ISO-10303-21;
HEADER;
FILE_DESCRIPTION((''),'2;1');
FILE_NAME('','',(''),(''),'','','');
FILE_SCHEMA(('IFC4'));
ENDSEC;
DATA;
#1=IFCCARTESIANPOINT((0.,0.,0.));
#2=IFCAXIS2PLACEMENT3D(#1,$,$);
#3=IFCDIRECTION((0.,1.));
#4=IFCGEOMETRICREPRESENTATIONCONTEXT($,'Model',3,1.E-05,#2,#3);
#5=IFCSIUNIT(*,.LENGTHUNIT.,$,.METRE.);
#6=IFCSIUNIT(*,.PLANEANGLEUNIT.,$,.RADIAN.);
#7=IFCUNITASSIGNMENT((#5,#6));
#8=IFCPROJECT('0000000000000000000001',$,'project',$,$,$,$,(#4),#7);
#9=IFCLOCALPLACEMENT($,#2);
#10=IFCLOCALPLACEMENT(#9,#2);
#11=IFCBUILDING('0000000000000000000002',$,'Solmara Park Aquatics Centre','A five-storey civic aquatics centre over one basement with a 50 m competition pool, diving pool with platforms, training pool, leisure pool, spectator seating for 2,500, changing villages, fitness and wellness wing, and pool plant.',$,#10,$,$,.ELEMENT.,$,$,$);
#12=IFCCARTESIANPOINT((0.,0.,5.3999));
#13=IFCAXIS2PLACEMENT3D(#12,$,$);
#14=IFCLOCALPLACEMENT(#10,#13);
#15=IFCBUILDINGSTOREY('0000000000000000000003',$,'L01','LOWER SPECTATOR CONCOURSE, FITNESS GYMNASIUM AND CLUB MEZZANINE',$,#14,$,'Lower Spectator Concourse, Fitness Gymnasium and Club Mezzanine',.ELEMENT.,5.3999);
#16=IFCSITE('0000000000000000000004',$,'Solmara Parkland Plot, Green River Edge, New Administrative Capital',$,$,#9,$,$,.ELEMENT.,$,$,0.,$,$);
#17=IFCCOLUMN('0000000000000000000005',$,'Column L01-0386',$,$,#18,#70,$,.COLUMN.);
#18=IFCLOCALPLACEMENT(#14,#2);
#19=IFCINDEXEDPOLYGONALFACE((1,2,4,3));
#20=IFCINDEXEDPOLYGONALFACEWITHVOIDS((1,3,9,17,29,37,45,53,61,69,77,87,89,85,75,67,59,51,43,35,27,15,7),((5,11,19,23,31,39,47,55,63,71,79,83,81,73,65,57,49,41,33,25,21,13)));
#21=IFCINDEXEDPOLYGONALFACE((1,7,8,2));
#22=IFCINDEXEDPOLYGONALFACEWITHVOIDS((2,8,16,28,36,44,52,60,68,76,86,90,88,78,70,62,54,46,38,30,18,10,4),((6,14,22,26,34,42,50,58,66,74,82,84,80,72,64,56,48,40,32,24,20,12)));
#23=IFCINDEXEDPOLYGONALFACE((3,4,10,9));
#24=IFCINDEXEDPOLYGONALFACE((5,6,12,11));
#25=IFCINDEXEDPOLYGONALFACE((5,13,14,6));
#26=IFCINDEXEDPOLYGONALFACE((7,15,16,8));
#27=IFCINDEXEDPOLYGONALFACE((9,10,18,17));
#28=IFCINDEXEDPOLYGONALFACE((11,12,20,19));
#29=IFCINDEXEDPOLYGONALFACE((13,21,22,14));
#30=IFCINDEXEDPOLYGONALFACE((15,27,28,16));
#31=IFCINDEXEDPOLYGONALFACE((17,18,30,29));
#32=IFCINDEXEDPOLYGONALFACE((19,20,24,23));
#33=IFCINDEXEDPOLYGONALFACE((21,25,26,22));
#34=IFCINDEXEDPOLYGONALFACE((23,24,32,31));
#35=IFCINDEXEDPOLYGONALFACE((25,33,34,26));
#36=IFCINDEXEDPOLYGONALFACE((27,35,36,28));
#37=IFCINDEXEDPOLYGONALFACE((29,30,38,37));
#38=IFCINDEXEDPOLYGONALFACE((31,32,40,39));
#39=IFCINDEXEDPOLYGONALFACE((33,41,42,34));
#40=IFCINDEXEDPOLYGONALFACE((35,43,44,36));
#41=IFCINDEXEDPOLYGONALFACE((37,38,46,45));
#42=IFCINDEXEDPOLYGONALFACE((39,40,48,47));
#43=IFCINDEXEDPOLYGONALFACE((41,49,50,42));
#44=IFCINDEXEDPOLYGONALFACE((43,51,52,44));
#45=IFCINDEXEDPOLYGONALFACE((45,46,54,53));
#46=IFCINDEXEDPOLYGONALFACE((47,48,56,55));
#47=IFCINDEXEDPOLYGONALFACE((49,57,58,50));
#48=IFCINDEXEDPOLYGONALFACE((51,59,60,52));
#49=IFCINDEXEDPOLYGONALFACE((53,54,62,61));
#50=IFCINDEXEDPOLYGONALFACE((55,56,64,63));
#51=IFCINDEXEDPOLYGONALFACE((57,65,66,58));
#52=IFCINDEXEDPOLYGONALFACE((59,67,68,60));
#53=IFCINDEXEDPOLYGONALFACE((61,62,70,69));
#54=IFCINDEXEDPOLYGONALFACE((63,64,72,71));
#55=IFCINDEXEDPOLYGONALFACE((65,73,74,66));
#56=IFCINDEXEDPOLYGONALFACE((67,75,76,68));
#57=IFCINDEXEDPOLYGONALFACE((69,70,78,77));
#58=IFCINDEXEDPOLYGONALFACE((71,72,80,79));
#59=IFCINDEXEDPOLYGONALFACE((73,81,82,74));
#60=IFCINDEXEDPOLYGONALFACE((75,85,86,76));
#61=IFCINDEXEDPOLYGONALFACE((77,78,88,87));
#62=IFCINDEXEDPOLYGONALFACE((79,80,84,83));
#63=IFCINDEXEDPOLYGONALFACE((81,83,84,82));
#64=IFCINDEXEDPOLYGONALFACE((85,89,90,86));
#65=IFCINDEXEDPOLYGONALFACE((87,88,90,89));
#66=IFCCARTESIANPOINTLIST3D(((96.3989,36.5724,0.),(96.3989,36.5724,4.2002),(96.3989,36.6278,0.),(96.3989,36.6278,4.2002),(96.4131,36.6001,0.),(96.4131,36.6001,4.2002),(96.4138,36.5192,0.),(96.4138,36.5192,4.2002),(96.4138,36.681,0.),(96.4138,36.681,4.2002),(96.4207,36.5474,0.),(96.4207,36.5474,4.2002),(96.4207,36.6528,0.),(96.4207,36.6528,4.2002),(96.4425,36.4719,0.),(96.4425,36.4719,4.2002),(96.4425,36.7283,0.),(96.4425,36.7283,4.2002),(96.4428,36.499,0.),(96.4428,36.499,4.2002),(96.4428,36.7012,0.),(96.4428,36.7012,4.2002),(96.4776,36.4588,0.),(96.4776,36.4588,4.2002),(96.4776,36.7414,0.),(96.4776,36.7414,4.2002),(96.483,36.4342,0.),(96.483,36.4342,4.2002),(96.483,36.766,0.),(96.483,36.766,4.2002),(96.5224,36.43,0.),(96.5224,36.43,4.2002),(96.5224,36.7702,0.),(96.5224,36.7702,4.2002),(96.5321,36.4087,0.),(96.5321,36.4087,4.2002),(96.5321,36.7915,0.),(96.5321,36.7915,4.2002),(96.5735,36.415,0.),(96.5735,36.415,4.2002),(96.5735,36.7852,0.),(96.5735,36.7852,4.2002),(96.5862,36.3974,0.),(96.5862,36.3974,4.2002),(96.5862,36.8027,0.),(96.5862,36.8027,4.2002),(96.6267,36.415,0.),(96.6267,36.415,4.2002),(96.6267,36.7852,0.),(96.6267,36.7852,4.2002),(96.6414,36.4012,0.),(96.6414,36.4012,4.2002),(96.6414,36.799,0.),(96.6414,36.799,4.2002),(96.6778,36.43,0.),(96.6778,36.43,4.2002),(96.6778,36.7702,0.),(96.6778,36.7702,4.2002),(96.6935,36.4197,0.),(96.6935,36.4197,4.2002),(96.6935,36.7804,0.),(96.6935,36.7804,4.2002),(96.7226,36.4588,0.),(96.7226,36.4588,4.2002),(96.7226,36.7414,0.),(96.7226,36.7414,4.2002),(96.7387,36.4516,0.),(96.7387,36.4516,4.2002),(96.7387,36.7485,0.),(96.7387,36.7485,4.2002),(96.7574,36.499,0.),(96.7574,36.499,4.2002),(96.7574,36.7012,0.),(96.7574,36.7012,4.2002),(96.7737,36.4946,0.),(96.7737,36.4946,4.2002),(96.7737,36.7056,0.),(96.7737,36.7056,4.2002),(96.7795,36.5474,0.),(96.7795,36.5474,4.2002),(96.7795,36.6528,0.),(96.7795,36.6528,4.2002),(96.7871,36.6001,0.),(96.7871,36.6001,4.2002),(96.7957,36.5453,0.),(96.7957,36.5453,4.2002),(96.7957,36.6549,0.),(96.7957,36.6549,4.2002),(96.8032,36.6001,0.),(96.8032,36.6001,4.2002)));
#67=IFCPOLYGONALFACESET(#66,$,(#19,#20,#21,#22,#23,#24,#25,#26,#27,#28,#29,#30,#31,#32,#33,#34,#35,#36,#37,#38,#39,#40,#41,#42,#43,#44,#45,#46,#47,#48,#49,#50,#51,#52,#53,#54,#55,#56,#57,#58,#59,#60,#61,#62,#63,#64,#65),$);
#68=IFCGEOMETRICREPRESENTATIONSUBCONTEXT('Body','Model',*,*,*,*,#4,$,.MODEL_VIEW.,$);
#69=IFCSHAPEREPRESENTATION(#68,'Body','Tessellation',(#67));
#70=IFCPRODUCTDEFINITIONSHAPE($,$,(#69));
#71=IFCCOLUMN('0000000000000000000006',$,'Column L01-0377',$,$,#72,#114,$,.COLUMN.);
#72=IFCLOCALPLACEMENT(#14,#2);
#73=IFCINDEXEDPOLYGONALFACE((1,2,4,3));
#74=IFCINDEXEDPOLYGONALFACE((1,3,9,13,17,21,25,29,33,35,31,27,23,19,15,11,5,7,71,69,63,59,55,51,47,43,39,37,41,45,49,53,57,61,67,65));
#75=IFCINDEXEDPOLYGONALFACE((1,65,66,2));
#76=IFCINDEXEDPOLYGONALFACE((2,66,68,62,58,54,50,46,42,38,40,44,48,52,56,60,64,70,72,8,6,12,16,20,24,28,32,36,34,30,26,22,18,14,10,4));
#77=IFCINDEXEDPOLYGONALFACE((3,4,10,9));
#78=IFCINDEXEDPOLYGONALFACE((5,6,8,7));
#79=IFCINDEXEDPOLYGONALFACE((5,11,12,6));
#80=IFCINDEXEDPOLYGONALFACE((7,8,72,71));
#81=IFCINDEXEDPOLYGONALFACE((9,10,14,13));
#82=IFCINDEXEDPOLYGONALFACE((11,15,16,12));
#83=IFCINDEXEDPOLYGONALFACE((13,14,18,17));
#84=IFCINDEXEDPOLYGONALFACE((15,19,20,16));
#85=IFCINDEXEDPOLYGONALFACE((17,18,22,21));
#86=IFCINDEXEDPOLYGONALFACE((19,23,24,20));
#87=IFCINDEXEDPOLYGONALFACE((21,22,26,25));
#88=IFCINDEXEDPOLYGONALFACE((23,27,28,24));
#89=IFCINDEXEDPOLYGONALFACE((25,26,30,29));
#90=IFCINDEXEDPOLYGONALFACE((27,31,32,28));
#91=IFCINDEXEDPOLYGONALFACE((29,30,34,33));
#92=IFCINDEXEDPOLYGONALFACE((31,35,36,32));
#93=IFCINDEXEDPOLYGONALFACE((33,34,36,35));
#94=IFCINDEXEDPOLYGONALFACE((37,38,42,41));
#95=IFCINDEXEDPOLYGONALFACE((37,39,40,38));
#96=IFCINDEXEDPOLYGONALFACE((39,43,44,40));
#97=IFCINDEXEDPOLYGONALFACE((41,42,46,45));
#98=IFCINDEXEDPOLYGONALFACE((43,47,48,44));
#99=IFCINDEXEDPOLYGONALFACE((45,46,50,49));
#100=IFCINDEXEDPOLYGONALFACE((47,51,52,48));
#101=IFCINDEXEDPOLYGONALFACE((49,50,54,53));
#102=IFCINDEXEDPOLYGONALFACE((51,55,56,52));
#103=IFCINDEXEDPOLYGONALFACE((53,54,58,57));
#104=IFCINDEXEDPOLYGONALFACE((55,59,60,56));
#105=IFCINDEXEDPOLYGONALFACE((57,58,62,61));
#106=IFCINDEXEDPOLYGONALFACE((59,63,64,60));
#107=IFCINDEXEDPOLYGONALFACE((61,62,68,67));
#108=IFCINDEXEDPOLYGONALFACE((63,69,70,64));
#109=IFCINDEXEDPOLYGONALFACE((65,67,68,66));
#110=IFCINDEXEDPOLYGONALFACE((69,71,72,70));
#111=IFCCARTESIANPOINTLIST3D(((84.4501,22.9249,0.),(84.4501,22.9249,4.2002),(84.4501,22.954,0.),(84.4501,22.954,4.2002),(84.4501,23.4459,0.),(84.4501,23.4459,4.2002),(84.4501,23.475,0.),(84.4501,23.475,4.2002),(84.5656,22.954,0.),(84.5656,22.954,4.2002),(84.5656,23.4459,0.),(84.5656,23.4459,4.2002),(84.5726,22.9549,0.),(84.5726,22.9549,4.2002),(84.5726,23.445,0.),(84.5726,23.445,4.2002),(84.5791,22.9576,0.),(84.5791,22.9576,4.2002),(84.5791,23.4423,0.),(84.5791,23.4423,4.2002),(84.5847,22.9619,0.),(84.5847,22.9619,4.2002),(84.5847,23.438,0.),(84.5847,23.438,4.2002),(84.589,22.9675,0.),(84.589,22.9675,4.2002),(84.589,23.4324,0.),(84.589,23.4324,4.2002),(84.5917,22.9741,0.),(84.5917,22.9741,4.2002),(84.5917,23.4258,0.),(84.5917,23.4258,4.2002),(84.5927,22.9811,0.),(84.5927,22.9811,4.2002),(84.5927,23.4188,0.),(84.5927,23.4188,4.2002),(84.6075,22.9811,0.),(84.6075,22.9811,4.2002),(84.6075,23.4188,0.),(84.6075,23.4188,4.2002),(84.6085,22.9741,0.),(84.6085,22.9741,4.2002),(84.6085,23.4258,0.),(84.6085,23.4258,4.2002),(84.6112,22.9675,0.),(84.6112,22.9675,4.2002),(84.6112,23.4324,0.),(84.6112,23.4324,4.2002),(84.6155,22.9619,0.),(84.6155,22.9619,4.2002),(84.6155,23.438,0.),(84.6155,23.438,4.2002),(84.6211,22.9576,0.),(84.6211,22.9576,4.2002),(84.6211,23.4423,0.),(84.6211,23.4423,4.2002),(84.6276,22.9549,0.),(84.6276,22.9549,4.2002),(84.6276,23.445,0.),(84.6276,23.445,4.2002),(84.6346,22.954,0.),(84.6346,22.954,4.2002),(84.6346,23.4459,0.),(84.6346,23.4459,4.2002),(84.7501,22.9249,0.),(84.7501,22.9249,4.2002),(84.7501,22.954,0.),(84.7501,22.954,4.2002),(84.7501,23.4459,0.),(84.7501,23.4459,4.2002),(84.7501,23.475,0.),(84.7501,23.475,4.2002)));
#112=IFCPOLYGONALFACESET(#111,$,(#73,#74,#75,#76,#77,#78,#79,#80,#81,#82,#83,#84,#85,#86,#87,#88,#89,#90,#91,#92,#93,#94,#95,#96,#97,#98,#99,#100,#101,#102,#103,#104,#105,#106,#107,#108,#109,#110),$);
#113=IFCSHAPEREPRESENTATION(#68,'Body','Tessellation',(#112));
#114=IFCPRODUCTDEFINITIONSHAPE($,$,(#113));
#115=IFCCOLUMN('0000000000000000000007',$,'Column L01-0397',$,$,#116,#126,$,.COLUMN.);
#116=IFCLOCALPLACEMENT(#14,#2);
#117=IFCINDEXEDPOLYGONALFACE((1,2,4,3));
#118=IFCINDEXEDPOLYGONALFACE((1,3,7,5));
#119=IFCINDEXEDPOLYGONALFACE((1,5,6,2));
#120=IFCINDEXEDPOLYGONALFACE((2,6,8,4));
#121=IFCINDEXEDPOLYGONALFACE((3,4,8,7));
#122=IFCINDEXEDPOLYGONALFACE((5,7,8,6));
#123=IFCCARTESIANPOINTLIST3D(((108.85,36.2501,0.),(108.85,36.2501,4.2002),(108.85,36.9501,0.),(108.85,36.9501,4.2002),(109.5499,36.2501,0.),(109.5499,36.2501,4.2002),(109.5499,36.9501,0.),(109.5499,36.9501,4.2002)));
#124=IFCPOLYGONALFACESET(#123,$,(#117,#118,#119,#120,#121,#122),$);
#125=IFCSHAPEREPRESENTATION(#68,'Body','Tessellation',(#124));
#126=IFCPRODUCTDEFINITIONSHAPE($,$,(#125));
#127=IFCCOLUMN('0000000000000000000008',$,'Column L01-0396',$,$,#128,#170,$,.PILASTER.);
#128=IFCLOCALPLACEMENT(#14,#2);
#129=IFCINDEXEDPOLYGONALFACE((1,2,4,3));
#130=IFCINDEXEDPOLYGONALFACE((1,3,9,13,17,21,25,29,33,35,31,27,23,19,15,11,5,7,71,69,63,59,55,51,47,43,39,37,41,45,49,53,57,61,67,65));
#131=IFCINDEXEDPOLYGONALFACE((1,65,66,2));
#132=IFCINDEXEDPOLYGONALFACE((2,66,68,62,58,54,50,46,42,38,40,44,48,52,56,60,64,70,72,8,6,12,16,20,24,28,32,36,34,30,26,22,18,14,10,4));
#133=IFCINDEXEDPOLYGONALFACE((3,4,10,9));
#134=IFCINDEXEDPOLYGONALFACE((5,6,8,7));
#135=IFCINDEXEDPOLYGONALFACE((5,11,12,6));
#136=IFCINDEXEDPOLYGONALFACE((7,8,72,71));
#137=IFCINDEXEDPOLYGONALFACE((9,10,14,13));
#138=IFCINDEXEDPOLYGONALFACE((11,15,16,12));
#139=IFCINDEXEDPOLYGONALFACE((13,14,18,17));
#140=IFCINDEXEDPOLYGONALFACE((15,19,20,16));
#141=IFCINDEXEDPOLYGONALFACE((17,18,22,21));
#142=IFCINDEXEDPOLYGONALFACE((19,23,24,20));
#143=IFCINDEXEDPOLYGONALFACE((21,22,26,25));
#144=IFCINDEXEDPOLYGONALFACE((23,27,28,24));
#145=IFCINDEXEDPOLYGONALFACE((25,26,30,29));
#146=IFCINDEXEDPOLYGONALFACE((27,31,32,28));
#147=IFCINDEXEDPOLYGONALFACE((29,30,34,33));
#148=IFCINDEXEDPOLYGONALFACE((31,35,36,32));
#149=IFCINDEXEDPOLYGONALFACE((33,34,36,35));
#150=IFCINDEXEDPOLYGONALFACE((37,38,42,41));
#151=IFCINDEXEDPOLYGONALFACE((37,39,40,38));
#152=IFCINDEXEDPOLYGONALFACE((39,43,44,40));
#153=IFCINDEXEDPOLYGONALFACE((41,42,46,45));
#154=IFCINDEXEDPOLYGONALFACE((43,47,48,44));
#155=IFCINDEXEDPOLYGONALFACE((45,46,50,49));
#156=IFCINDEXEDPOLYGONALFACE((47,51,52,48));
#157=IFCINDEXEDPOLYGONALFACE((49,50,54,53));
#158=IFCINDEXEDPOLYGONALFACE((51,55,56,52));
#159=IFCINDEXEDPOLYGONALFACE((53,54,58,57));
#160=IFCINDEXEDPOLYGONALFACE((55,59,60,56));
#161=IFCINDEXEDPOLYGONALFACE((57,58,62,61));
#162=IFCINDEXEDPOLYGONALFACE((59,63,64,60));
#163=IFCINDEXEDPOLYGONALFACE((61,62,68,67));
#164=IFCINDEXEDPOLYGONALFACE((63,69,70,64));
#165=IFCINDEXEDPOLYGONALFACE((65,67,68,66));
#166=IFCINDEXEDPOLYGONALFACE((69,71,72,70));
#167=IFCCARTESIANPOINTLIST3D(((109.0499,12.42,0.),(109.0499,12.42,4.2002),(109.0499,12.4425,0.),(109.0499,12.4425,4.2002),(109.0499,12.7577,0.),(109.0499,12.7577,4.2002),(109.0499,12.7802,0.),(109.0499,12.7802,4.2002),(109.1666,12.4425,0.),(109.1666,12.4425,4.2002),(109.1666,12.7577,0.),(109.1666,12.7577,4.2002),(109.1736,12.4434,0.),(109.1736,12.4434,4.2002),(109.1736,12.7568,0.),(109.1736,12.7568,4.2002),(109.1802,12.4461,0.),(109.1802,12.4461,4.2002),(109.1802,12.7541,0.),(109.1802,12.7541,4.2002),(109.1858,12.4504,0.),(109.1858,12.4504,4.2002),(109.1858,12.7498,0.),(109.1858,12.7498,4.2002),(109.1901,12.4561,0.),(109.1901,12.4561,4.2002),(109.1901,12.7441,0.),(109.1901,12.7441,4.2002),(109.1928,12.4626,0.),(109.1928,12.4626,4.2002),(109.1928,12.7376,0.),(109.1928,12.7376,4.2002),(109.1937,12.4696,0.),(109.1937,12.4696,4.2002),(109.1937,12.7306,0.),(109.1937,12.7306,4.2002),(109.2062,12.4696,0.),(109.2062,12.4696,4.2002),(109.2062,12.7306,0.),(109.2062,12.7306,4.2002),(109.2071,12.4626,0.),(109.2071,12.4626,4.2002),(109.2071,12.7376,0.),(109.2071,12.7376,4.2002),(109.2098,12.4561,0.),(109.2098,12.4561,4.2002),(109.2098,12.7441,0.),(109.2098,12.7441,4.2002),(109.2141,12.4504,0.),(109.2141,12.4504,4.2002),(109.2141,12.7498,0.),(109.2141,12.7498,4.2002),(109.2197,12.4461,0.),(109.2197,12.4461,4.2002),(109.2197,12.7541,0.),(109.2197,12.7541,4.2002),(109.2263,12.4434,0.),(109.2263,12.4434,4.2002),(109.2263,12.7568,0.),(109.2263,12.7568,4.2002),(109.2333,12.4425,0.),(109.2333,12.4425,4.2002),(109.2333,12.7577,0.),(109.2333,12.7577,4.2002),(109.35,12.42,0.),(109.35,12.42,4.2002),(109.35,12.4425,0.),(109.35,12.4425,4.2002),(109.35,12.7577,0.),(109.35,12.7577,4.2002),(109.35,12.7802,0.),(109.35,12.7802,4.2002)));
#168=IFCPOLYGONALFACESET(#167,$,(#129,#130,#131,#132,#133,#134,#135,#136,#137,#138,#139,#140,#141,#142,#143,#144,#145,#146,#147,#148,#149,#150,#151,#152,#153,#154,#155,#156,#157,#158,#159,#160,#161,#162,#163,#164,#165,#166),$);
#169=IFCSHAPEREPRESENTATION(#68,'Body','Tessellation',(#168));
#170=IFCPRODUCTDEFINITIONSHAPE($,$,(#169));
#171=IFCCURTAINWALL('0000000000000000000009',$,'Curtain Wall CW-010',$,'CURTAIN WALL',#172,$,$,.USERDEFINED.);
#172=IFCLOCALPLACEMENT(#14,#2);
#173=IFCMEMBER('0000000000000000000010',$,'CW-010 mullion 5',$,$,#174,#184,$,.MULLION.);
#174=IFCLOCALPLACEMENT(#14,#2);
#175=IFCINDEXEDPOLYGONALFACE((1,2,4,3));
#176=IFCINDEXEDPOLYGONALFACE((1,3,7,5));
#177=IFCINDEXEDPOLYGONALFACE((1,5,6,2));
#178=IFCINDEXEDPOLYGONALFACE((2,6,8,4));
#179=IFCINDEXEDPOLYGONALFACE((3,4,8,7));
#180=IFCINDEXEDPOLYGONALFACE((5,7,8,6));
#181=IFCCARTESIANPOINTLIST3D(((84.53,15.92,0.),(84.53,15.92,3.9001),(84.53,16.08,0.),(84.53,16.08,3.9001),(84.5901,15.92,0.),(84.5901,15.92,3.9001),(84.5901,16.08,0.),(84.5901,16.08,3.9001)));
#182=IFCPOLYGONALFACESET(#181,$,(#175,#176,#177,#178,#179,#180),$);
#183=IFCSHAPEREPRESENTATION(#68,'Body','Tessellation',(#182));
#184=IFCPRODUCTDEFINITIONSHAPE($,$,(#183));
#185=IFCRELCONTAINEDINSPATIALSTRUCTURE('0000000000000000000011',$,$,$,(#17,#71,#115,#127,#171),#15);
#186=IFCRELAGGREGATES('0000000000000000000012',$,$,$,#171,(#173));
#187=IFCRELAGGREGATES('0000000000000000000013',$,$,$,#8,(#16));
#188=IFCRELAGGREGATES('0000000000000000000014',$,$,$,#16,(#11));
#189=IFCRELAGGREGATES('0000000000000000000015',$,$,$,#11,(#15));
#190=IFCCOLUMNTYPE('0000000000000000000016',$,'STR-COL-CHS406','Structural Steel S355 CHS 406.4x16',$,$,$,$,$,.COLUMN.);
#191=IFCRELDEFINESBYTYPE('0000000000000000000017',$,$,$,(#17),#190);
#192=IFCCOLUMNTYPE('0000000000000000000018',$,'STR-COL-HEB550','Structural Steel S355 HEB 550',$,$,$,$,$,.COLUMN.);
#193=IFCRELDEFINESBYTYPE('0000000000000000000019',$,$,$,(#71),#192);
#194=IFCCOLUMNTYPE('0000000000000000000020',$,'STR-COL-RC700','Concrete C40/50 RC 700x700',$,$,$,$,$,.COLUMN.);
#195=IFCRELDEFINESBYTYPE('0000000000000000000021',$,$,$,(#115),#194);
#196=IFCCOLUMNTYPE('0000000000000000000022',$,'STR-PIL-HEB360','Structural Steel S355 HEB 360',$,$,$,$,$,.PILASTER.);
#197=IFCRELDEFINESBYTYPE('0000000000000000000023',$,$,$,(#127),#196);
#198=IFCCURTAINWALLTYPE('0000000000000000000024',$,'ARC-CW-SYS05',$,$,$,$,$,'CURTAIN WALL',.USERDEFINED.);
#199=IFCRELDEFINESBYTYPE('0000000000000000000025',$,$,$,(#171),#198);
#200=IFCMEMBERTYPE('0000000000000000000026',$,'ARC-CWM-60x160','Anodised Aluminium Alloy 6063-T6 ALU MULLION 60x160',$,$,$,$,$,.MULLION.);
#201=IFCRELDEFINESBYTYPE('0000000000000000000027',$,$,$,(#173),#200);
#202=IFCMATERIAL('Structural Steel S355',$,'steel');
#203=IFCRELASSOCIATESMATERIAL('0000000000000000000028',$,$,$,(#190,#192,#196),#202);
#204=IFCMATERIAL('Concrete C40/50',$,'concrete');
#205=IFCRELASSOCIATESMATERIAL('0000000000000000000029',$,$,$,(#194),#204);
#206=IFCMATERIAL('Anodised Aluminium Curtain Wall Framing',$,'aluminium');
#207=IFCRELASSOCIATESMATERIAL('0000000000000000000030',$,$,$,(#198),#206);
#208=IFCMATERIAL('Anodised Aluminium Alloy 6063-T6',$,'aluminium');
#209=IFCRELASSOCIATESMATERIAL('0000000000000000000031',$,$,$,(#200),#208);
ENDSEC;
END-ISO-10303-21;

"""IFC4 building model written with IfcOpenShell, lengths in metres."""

from ifc_helpers import new_model, si_unit, direction, frame, origin, origin_2d, place, context, subcontext, project, spatial, rectangle, hollow_circle, i_section, extrude, material, material_profile, profile_set, type_object, element, aggregate, save


model = new_model("IFC4")

# Units and contexts
model_context = context("Model", 3, precision=1e-05, world=origin(), true_north=direction((0.0, 1.0)))
body_context = subcontext(model_context, "Body", "Model", "MODEL_VIEW")
ifc_project = project(units=[si_unit("LENGTHUNIT", "METRE"), si_unit("PLANEANGLEUNIT", "RADIAN")], contexts=[model_context])

# Site, building, storey
site_placement = place(None, origin())
site = spatial("IfcSite", under=ifc_project, at=site_placement, Name="Solmara Parkland Plot, Green River Edge, New Administrative Capital", CompositionType="ELEMENT", RefElevation=0.0)
building_placement = place(site_placement, origin())
building = spatial("IfcBuilding", under=site, at=building_placement, Name="Solmara Park Aquatics Centre", Description="A five-storey civic aquatics centre over one basement with a 50 m competition pool, diving pool with platforms, training pool, leisure pool, spectator seating for 2,500, changing villages, fitness and wellness wing, and pool plant.", CompositionType="ELEMENT")
storey_placement = place(building_placement, frame((0.0, 0.0, 5.3999)))
storey = spatial("IfcBuildingStorey", under=building, at=storey_placement, Name="L01", Description="LOWER SPECTATOR CONCOURSE, FITNESS GYMNASIUM AND CLUB MEZZANINE", LongName="Lower Spectator Concourse, Fitness Gymnasium and Club Mezzanine", CompositionType="ELEMENT", Elevation=5.3999)

# Columns
ifc_material_1 = material(Name="Structural Steel S355", Category="steel")
ifc_material_profile_1 = material_profile(ifc_material_1, hollow_circle(Radius=0.2031, WallThickness=0.0161, at=origin_2d()), Name="CHS 406.4x16")
ifc_profile_set_1 = profile_set([ifc_material_profile_1], Name="Structural Steel S355")
column_type_1 = type_object("IfcColumnType", Name="STR-COL-CHS406", Description="Structural Steel S355 CHS 406.4x16", PredefinedType="COLUMN", material=ifc_profile_set_1)
for number, where, z_axis, x_axis, name in (
    (1, (96.6001, 36.6001, 0.0), (0.0, 0.0, 1.0), (1.0, 0.0, 0.0), "Column L01-0386"),
):
    element("IfcColumn", number, at=place(storey_placement, frame(where, z_axis=z_axis, x_axis=x_axis)), inside=storey, type_object=column_type_1, Name=name, PredefinedType="COLUMN", context=body_context, shape_type="SweptSolid", body=[
        extrude(hollow_circle(Radius=0.2031, WallThickness=0.0161, at=origin_2d()), origin(), (0.0, 0.0, 1.0), 4.2002),
    ])
ifc_material_profile_2 = material_profile(ifc_material_1, i_section(OverallWidth=0.3, OverallDepth=0.55, WebThickness=0.0149, FlangeThickness=0.0291, FilletRadius=0.0271, at=origin_2d()), Name="HEB 550")
ifc_profile_set_2 = profile_set([ifc_material_profile_2], Name="Structural Steel S355")
column_type_2 = type_object("IfcColumnType", Name="STR-COL-HEB550", Description="Structural Steel S355 HEB 550", PredefinedType="COLUMN", material=ifc_profile_set_2)
column_1_placement = place(storey_placement, frame((84.6001, 23.2, 0.0), z_axis=(0.0, 0.0, 1.0), x_axis=(1.0, 0.0, 0.0)))
element("IfcColumn", 2, at=column_1_placement, inside=storey, type_object=column_type_2, Name="Column L01-0377", PredefinedType="COLUMN", context=body_context, shape_type="SweptSolid", body=[
    extrude(i_section(OverallWidth=0.3, OverallDepth=0.55, WebThickness=0.0149, FlangeThickness=0.0291, FilletRadius=0.0271, at=origin_2d()), origin(), (0.0, 0.0, 1.0), 4.2002),
])
ifc_material_2 = material(Name="Concrete C40/50", Category="concrete")
ifc_material_profile_3 = material_profile(ifc_material_2, rectangle(XDim=0.7, YDim=0.7, at=origin_2d()), Name="RC 700x700")
ifc_profile_set_3 = profile_set([ifc_material_profile_3], Name="Concrete C40/50")
column_type_3 = type_object("IfcColumnType", Name="STR-COL-RC700", Description="Concrete C40/50 RC 700x700", PredefinedType="COLUMN", material=ifc_profile_set_3)
column_2_placement = place(storey_placement, frame((109.2, 36.6001, 0.0), z_axis=(0.0, 0.0, 1.0), x_axis=(1.0, 0.0, 0.0)))
element("IfcColumn", 3, at=column_2_placement, inside=storey, type_object=column_type_3, Name="Column L01-0397", PredefinedType="COLUMN", context=body_context, shape_type="SweptSolid", body=[
    extrude(rectangle(XDim=0.7, YDim=0.7, at=origin_2d()), origin(), (0.0, 0.0, 1.0), 4.2002),
])
ifc_material_profile_4 = material_profile(ifc_material_1, i_section(OverallWidth=0.3, OverallDepth=0.3601, WebThickness=0.0125, FlangeThickness=0.0225, FilletRadius=0.0271, at=origin_2d()), Name="HEB 360")
ifc_profile_set_4 = profile_set([ifc_material_profile_4], Name="Structural Steel S355")
column_type_4 = type_object("IfcColumnType", Name="STR-PIL-HEB360", Description="Structural Steel S355 HEB 360", PredefinedType="PILASTER", material=ifc_profile_set_4)
column_3_placement = place(storey_placement, frame((109.2, 12.6001, 0.0), z_axis=(0.0, 0.0, 1.0), x_axis=(1.0, 0.0, 0.0)))
element("IfcColumn", 4, at=column_3_placement, inside=storey, type_object=column_type_4, Name="Column L01-0396", PredefinedType="PILASTER", context=body_context, shape_type="SweptSolid", body=[
    extrude(i_section(OverallWidth=0.3, OverallDepth=0.3601, WebThickness=0.0125, FlangeThickness=0.0225, FilletRadius=0.0271, at=origin_2d()), origin(), (0.0, 0.0, 1.0), 4.2002),
])

# Curtain wall, member
ifc_material_3 = material(Name="Anodised Aluminium Curtain Wall Framing", Category="aluminium")
curtain_wall_type = type_object("IfcCurtainWallType", Name="ARC-CW-SYS05", ElementType="CURTAIN WALL", PredefinedType="USERDEFINED", material=ifc_material_3)
curtain_wall_placement = place(storey_placement, origin())
curtain_wall = element("IfcCurtainWall", 5, at=curtain_wall_placement, inside=storey, type_object=curtain_wall_type, Name="Curtain Wall CW-010", ObjectType="CURTAIN WALL", PredefinedType="USERDEFINED")
ifc_material_4 = material(Name="Anodised Aluminium Alloy 6063-T6", Category="aluminium")
ifc_material_profile_5 = material_profile(ifc_material_4, rectangle(XDim=0.0601, YDim=0.1599, at=origin_2d()), Name="ALU MULLION 60x160")
ifc_profile_set_5 = profile_set([ifc_material_profile_5], Name="Anodised Aluminium Alloy 6063-T6")
member_type_1 = type_object("IfcMemberType", Name="ARC-CWM-60x160", Description="Anodised Aluminium Alloy 6063-T6 ALU MULLION 60x160", PredefinedType="MULLION", material=ifc_profile_set_5)
member_1_placement = place(storey_placement, frame((84.5601, 16.0, 0.0), z_axis=(0.0, 0.0, 1.0), x_axis=(1.0, 0.0, 0.0)))
member_1 = element("IfcMember", 6, at=member_1_placement, type_object=member_type_1, Name="CW-010 mullion 5", PredefinedType="MULLION", context=body_context, shape_type="SweptSolid", body=[
    extrude(rectangle(XDim=0.0601, YDim=0.1599, at=origin_2d()), origin(), (0.0, 0.0, 1.0), 3.9001),
])

aggregate(curtain_wall, [member_1])

save(model, "model.ifc")
